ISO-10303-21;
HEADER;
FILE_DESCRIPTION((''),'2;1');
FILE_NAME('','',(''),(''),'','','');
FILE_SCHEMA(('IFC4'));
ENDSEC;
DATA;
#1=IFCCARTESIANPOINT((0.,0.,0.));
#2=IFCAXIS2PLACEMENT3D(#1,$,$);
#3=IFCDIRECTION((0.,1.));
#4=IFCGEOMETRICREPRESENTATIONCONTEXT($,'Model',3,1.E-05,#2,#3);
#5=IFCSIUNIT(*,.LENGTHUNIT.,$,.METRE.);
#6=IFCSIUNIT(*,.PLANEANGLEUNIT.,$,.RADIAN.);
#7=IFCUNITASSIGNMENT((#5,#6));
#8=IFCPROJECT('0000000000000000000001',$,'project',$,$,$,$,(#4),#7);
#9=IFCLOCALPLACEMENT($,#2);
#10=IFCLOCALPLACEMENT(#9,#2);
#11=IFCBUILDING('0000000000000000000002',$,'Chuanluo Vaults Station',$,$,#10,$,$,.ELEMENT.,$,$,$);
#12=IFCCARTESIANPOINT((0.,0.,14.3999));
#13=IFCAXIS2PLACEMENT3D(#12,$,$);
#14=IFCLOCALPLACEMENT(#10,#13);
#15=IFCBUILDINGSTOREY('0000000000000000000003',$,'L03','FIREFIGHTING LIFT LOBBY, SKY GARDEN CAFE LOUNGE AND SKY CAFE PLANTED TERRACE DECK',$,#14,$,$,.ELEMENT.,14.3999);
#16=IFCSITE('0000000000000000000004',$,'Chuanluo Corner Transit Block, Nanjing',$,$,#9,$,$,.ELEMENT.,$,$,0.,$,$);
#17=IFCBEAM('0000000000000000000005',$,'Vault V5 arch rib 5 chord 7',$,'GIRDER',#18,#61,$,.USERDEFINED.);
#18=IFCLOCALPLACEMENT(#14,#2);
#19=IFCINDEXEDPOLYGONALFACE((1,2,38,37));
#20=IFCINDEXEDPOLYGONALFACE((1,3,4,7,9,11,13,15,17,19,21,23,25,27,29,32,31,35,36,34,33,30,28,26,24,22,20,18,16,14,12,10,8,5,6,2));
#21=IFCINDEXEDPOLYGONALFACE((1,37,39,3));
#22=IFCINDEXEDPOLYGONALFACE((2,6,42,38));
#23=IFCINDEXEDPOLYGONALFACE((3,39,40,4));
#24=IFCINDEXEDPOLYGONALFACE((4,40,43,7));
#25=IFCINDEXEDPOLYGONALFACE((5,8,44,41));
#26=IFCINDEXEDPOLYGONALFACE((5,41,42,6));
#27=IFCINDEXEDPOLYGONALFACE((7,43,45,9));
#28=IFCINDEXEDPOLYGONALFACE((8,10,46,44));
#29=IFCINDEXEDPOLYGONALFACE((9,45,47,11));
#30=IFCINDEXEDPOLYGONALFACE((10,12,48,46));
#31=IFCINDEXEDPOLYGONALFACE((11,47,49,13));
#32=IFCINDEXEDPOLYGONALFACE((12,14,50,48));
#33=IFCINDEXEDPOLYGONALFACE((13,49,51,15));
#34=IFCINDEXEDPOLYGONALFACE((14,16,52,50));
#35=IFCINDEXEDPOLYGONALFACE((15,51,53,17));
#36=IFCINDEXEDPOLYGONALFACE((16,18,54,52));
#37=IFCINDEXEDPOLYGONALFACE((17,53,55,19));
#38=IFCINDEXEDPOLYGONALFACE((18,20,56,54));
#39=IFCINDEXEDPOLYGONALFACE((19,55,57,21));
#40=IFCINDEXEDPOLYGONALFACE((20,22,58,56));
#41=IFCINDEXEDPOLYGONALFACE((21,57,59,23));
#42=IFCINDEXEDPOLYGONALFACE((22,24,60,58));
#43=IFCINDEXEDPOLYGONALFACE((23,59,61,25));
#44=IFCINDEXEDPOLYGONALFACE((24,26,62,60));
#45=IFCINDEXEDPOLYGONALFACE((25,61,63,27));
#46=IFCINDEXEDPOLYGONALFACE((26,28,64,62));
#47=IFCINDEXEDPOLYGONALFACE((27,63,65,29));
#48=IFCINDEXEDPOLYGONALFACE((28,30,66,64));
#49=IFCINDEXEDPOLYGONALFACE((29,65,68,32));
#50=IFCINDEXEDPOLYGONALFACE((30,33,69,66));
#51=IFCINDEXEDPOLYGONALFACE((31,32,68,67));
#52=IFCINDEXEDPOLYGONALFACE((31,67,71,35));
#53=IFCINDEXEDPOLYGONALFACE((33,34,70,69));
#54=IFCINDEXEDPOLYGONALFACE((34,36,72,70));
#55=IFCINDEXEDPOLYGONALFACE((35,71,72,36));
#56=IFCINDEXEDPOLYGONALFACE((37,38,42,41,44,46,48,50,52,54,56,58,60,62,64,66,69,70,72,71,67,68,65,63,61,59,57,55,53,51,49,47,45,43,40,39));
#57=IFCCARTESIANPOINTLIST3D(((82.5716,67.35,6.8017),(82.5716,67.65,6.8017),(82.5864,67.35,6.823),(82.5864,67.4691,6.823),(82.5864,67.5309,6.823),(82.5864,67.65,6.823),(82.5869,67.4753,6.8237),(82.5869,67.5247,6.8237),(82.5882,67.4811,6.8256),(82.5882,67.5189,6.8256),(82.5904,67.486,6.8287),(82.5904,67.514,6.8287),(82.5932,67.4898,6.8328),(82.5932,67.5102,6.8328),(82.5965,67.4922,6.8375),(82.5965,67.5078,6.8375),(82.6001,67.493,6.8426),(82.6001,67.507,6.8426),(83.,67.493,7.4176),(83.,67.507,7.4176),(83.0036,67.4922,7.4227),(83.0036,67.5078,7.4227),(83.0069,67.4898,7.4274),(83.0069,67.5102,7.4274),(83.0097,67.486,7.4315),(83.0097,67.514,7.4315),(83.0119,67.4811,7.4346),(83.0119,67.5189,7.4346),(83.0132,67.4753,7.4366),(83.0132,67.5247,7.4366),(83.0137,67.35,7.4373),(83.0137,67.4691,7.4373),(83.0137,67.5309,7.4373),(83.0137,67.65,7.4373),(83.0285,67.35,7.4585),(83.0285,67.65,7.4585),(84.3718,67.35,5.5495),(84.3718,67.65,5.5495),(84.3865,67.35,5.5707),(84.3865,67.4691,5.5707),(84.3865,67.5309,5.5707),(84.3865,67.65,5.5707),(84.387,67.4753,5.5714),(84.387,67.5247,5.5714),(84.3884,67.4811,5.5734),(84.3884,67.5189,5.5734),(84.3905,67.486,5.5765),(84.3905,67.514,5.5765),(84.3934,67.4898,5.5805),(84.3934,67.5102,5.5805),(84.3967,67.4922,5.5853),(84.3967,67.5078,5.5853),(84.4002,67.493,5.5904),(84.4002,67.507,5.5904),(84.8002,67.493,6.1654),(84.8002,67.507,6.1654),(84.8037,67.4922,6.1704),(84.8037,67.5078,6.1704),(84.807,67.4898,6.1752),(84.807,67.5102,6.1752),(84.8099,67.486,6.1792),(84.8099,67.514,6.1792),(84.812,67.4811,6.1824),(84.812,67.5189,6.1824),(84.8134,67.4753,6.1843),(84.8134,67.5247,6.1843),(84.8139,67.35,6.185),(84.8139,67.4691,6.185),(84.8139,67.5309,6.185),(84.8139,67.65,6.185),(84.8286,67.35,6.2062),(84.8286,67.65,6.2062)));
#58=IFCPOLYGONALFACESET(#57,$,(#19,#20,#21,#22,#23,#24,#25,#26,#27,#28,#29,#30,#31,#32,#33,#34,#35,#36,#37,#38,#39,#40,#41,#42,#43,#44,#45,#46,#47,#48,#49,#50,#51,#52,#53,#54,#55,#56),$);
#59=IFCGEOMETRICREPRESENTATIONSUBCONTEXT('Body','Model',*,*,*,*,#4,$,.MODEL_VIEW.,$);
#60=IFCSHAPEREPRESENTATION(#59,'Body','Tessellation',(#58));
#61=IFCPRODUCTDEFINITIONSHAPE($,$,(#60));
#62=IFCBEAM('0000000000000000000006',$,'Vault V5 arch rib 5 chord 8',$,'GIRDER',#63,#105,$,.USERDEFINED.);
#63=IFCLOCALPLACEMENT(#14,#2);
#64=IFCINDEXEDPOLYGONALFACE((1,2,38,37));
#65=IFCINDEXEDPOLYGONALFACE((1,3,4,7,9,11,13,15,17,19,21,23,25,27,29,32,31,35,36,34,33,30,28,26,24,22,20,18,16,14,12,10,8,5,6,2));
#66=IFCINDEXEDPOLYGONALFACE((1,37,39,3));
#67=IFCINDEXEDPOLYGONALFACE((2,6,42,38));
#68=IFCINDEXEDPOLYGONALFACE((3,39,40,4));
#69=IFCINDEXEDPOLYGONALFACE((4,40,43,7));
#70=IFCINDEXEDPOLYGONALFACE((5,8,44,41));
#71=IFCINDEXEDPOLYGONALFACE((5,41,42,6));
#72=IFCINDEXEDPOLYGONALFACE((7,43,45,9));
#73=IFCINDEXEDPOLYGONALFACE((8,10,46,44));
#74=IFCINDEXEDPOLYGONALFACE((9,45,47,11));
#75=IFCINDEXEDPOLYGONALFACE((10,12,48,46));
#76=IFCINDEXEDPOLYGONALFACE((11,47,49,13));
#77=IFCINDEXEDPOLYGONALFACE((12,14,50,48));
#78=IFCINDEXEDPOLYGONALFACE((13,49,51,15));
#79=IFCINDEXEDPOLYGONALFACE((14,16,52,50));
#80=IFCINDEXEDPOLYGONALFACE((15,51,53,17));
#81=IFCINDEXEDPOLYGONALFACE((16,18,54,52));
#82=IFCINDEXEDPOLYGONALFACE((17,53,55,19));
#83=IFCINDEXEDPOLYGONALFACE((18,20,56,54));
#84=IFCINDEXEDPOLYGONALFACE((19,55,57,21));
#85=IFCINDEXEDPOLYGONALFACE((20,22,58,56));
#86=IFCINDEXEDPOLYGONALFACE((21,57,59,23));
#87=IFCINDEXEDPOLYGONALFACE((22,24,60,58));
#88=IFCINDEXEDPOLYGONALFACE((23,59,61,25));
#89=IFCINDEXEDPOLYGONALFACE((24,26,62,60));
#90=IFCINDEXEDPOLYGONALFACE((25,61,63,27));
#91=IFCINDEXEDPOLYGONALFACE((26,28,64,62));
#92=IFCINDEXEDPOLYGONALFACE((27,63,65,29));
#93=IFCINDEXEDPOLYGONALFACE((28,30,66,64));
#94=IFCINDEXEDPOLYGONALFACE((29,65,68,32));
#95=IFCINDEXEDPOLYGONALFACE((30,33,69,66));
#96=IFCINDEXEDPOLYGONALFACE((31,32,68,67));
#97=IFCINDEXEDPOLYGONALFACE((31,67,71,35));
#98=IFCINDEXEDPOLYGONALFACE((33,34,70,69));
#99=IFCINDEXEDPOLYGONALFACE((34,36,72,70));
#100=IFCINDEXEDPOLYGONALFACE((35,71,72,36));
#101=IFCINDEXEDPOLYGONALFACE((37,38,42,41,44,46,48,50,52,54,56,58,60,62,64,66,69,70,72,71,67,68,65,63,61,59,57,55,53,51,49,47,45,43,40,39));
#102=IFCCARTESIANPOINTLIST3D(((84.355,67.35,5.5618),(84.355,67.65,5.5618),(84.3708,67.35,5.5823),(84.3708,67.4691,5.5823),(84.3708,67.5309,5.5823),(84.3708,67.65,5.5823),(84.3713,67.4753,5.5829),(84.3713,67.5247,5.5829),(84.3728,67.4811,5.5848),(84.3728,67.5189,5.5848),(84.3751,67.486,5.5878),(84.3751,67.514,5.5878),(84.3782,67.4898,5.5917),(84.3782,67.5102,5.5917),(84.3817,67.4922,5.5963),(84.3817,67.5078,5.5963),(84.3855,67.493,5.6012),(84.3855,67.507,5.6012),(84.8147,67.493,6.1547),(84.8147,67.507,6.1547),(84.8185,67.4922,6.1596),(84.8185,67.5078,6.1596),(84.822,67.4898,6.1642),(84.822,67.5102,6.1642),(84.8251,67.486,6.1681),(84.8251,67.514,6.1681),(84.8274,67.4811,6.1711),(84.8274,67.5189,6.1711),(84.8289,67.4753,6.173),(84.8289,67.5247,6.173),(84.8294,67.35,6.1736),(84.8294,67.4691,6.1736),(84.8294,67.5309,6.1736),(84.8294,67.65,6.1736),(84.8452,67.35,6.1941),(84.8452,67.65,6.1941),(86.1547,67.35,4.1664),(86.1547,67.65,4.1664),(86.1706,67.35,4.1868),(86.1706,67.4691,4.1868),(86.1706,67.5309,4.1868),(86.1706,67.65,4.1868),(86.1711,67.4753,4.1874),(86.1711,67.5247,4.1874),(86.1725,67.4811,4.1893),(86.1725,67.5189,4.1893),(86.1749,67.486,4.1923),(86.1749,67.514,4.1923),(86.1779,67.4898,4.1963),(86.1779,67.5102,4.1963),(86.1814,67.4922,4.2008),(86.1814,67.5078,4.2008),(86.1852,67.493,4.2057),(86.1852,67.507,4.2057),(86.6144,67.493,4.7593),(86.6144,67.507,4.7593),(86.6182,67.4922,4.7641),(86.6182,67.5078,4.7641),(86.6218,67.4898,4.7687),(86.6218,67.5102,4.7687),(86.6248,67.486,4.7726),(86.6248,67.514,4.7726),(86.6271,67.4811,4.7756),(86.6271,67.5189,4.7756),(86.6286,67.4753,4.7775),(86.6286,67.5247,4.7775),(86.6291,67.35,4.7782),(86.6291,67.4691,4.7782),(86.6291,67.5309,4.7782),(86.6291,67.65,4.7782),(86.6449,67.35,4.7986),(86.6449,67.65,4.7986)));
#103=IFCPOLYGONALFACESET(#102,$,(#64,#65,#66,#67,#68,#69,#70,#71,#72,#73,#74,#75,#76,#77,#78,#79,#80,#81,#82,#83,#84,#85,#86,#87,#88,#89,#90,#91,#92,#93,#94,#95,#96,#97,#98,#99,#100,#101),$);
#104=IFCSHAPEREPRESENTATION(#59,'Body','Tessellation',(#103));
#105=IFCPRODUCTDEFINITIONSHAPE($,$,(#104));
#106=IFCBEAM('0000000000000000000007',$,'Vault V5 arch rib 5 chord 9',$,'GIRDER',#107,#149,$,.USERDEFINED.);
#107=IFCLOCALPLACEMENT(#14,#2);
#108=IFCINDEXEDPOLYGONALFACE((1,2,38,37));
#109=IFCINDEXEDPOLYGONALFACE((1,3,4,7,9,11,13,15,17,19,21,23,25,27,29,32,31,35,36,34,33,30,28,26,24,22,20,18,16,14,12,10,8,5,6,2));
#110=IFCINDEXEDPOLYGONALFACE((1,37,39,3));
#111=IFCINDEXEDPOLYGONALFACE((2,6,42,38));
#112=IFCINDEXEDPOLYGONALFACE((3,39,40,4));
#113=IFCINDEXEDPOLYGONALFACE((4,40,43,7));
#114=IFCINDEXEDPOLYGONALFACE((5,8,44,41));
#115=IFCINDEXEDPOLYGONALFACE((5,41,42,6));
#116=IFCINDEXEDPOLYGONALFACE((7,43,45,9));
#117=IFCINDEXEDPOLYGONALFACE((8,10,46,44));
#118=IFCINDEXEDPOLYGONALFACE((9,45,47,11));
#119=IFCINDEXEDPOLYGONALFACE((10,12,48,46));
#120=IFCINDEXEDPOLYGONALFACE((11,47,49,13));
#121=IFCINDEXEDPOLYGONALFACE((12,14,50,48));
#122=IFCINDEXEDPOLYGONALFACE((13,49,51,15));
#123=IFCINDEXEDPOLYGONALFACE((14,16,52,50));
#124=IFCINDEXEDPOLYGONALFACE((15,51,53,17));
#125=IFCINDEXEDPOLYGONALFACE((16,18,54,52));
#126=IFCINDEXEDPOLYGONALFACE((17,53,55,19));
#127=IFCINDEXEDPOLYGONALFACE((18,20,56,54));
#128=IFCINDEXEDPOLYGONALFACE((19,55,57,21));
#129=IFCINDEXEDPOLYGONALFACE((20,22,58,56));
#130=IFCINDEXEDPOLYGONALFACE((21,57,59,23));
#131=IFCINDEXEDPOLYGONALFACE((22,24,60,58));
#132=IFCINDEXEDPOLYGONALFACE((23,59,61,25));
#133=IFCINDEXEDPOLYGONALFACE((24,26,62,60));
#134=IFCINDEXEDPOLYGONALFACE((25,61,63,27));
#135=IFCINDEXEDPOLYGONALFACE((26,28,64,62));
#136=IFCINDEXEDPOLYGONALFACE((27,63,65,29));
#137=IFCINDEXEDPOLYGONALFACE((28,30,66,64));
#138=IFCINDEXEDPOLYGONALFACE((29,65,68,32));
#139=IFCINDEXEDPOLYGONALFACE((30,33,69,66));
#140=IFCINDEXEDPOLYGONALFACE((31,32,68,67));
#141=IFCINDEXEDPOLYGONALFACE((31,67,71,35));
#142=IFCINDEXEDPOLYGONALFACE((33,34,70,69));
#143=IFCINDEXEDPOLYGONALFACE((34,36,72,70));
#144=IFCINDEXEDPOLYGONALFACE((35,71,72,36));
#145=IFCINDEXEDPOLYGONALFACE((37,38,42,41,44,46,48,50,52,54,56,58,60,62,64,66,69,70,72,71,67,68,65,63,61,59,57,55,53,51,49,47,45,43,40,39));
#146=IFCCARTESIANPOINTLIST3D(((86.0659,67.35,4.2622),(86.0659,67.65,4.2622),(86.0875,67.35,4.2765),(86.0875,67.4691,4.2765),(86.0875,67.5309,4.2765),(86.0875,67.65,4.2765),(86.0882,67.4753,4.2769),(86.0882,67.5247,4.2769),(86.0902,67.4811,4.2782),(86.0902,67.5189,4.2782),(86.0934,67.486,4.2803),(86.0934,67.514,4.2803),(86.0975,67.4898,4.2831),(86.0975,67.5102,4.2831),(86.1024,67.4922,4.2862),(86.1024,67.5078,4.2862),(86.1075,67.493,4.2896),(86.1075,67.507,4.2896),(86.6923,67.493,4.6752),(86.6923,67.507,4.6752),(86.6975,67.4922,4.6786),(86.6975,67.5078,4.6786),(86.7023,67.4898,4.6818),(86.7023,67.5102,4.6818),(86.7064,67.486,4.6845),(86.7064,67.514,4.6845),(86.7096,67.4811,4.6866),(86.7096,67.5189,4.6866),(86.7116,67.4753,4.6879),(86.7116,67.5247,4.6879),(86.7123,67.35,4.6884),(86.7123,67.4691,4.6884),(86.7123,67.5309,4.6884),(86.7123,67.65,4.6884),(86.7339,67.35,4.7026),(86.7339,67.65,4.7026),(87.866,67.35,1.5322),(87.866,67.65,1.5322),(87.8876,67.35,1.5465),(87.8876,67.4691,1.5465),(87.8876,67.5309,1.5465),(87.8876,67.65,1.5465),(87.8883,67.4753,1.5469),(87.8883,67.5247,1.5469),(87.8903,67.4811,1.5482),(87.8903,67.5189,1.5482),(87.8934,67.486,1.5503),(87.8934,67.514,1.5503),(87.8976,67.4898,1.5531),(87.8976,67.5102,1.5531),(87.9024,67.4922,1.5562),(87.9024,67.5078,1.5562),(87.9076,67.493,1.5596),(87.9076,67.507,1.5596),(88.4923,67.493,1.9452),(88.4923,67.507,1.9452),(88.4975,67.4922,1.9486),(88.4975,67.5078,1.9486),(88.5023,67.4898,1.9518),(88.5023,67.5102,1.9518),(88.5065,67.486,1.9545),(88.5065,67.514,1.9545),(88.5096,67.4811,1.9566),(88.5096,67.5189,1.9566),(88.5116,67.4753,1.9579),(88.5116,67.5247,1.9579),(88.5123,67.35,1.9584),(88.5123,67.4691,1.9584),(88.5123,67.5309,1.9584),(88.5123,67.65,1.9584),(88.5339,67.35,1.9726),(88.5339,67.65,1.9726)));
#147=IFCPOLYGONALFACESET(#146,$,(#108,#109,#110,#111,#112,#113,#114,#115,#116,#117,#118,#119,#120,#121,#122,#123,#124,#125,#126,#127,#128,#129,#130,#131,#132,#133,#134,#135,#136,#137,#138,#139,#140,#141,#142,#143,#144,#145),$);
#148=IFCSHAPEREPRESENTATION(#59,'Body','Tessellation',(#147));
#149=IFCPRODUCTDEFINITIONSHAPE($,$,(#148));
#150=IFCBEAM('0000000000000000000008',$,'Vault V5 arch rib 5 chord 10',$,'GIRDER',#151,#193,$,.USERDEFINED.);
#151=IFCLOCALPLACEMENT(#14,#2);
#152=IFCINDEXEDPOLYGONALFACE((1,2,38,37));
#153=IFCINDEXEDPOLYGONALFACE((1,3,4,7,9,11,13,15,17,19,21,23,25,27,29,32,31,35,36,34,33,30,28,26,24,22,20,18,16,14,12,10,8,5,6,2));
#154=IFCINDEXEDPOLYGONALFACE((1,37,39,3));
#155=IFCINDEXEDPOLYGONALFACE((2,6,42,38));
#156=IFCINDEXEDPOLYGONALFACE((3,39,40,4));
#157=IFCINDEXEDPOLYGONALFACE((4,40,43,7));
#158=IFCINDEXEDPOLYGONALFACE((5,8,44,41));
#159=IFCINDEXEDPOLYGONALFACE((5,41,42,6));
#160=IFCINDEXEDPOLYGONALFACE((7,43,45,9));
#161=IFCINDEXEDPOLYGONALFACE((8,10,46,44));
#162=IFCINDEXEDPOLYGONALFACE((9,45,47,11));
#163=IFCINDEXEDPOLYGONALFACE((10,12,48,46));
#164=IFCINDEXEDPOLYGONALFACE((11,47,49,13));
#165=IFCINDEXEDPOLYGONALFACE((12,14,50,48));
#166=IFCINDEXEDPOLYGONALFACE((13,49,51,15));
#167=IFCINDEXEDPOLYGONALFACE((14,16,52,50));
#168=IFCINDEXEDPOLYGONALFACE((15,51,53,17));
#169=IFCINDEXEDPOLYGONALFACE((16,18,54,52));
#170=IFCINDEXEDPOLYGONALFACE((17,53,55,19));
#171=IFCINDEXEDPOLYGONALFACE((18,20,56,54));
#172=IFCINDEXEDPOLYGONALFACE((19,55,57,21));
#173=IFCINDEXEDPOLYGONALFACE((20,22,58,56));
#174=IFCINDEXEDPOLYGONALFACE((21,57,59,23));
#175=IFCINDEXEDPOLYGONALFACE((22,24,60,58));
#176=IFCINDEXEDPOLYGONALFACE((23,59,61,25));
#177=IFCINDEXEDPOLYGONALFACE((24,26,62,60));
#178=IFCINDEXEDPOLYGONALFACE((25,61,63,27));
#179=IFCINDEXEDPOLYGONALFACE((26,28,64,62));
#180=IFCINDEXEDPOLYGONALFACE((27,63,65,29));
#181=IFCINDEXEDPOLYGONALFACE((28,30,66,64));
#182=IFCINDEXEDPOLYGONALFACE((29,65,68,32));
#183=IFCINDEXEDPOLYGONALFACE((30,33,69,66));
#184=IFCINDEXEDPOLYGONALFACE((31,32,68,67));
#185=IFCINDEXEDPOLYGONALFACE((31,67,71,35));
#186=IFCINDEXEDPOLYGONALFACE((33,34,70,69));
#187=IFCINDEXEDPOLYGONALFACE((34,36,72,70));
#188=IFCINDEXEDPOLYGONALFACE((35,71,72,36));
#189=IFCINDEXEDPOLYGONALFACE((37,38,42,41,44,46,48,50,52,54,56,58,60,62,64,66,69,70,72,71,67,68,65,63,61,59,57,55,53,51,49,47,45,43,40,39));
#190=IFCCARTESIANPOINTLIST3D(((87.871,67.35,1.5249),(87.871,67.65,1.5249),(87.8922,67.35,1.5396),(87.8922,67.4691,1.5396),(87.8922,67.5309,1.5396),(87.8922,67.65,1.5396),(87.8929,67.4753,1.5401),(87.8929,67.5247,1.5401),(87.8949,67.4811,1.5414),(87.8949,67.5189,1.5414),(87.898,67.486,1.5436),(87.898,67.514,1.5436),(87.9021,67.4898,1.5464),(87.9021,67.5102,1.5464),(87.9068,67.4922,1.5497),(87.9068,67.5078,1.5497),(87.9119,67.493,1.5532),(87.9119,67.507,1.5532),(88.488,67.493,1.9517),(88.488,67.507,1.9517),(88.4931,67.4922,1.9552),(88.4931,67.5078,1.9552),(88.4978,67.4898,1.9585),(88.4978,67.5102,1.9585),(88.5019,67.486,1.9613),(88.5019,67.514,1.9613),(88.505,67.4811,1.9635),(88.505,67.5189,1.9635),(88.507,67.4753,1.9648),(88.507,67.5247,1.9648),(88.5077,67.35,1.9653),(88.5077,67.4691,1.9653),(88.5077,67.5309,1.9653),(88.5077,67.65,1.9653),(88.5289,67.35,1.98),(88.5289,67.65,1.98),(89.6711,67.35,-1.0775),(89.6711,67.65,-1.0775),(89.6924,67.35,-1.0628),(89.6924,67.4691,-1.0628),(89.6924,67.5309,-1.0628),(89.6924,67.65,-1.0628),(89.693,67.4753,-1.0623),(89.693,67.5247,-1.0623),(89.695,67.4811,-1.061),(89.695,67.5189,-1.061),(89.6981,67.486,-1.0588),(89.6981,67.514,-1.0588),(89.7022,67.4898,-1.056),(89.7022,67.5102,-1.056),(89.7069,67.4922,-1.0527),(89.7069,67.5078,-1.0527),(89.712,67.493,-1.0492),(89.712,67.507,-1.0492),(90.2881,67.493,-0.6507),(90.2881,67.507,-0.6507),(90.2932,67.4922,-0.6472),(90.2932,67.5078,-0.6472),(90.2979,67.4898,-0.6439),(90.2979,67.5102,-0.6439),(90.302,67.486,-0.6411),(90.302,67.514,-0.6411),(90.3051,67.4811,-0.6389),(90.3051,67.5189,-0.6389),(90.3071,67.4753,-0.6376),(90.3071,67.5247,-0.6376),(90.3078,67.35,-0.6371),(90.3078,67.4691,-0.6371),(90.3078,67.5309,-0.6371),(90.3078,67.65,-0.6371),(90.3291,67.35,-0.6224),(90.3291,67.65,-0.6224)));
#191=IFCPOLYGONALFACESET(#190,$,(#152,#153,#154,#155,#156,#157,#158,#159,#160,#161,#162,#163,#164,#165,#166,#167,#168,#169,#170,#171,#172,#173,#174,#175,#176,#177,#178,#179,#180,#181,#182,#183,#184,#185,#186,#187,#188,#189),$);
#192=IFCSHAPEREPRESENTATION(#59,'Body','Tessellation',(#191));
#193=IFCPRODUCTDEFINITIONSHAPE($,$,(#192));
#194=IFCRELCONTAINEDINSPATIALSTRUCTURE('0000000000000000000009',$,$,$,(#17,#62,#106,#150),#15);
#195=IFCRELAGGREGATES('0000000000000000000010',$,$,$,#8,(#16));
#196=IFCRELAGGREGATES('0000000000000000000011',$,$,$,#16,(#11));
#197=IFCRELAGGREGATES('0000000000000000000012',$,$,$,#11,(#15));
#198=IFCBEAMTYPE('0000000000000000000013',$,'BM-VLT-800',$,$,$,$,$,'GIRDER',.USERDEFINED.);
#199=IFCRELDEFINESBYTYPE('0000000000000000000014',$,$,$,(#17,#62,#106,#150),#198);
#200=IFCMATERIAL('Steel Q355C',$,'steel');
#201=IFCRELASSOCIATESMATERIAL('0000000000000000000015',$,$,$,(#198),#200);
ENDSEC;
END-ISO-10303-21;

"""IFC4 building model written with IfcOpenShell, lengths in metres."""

from ifc_helpers import new_model, si_unit, direction, frame, origin, origin_2d, place, context, subcontext, project, spatial, i_section, extrude, material, material_profile, profile_set, type_object, element, save


model = new_model("IFC4")

# Units and contexts
model_context = context("Model", 3, precision=1e-05, world=origin(), true_north=direction((0.0, 1.0)))
body_context = subcontext(model_context, "Body", "Model", "MODEL_VIEW")
ifc_project = project(units=[si_unit("LENGTHUNIT", "METRE"), si_unit("PLANEANGLEUNIT", "RADIAN")], contexts=[model_context])

# Site, building, storey
site_placement = place(None, origin())
site = spatial("IfcSite", under=ifc_project, at=site_placement, Name="Chuanluo Corner Transit Block, Nanjing", CompositionType="ELEMENT", RefElevation=0.0)
building_placement = place(site_placement, origin())
building = spatial("IfcBuilding", under=site, at=building_placement, Name="Chuanluo Vaults Station", CompositionType="ELEMENT")
storey_placement = place(building_placement, frame((0.0, 0.0, 14.3999)))
storey = spatial("IfcBuildingStorey", under=building, at=storey_placement, Name="L03", Description="FIREFIGHTING LIFT LOBBY, SKY GARDEN CAFE LOUNGE AND SKY CAFE PLANTED TERRACE DECK", CompositionType="ELEMENT", Elevation=14.3999)

# Beams
ifc_material_1 = material(Name="Steel Q355C", Category="steel")
ifc_material_profile_1 = material_profile(ifc_material_1, i_section(OverallWidth=0.3, OverallDepth=0.8, WebThickness=0.0139, FlangeThickness=0.0259, FilletRadius=0.0239, at=origin_2d()))
ifc_profile_set_1 = profile_set([ifc_material_profile_1], Name="Steel Q355C")
beam_type_1 = type_object("IfcBeamType", Name="BM-VLT-800", ElementType="GIRDER", PredefinedType="USERDEFINED", material=ifc_profile_set_1)
beam_1_placement = place(storey_placement, frame((82.8, 67.5, 7.1301), z_axis=(0.820907, 0.0, -0.571061), x_axis=(0.0, 1.0, 0.0)))
element("IfcBeam", 1, at=beam_1_placement, inside=storey, type_object=beam_type_1, Name="Vault V5 arch rib 5 chord 7", ObjectType="GIRDER", PredefinedType="USERDEFINED", context=body_context, shape_type="SweptSolid", body=[
    extrude(i_section(OverallWidth=0.3, OverallDepth=0.8, WebThickness=0.0139, FlangeThickness=0.0259, FilletRadius=0.0239, at=origin_2d()), origin(), (0.0, 0.0, 1.0), 2.1929),
])
beam_2_placement = place(storey_placement, frame((84.6001, 67.5, 5.8779), z_axis=(0.790275, 0.0, -0.612752), x_axis=(0.0, 1.0, 0.0)))
element("IfcBeam", 2, at=beam_2_placement, inside=storey, type_object=beam_type_1, Name="Vault V5 arch rib 5 chord 8", ObjectType="GIRDER", PredefinedType="USERDEFINED", context=body_context, shape_type="SweptSolid", body=[
    extrude(i_section(OverallWidth=0.3, OverallDepth=0.8, WebThickness=0.0139, FlangeThickness=0.0259, FilletRadius=0.0239, at=origin_2d()), origin(), (0.0, 0.0, 1.0), 2.2773),
])
beam_3_placement = place(storey_placement, frame((86.3999, 67.5, 4.4824), z_axis=(0.550472, 0.0, -0.834854), x_axis=(0.0, 1.0, 0.0)))
element("IfcBeam", 3, at=beam_3_placement, inside=storey, type_object=beam_type_1, Name="Vault V5 arch rib 5 chord 9", ObjectType="GIRDER", PredefinedType="USERDEFINED", context=body_context, shape_type="SweptSolid", body=[
    extrude(i_section(OverallWidth=0.3, OverallDepth=0.8, WebThickness=0.0139, FlangeThickness=0.0259, FilletRadius=0.0239, at=origin_2d()), origin(), (0.0, 0.0, 1.0), 3.27),
])
beam_4_placement = place(storey_placement, frame((88.2, 67.5, 1.7524), z_axis=(0.568881, 0.0, -0.82242), x_axis=(0.0, 1.0, 0.0)))
element("IfcBeam", 4, at=beam_4_placement, inside=storey, type_object=beam_type_1, Name="Vault V5 arch rib 5 chord 10", ObjectType="GIRDER", PredefinedType="USERDEFINED", context=body_context, shape_type="SweptSolid", body=[
    extrude(i_section(OverallWidth=0.3, OverallDepth=0.8, WebThickness=0.0139, FlangeThickness=0.0259, FilletRadius=0.0239, at=origin_2d()), origin(), (0.0, 0.0, 1.0), 3.1643),
])

save(model, "model.ifc")
